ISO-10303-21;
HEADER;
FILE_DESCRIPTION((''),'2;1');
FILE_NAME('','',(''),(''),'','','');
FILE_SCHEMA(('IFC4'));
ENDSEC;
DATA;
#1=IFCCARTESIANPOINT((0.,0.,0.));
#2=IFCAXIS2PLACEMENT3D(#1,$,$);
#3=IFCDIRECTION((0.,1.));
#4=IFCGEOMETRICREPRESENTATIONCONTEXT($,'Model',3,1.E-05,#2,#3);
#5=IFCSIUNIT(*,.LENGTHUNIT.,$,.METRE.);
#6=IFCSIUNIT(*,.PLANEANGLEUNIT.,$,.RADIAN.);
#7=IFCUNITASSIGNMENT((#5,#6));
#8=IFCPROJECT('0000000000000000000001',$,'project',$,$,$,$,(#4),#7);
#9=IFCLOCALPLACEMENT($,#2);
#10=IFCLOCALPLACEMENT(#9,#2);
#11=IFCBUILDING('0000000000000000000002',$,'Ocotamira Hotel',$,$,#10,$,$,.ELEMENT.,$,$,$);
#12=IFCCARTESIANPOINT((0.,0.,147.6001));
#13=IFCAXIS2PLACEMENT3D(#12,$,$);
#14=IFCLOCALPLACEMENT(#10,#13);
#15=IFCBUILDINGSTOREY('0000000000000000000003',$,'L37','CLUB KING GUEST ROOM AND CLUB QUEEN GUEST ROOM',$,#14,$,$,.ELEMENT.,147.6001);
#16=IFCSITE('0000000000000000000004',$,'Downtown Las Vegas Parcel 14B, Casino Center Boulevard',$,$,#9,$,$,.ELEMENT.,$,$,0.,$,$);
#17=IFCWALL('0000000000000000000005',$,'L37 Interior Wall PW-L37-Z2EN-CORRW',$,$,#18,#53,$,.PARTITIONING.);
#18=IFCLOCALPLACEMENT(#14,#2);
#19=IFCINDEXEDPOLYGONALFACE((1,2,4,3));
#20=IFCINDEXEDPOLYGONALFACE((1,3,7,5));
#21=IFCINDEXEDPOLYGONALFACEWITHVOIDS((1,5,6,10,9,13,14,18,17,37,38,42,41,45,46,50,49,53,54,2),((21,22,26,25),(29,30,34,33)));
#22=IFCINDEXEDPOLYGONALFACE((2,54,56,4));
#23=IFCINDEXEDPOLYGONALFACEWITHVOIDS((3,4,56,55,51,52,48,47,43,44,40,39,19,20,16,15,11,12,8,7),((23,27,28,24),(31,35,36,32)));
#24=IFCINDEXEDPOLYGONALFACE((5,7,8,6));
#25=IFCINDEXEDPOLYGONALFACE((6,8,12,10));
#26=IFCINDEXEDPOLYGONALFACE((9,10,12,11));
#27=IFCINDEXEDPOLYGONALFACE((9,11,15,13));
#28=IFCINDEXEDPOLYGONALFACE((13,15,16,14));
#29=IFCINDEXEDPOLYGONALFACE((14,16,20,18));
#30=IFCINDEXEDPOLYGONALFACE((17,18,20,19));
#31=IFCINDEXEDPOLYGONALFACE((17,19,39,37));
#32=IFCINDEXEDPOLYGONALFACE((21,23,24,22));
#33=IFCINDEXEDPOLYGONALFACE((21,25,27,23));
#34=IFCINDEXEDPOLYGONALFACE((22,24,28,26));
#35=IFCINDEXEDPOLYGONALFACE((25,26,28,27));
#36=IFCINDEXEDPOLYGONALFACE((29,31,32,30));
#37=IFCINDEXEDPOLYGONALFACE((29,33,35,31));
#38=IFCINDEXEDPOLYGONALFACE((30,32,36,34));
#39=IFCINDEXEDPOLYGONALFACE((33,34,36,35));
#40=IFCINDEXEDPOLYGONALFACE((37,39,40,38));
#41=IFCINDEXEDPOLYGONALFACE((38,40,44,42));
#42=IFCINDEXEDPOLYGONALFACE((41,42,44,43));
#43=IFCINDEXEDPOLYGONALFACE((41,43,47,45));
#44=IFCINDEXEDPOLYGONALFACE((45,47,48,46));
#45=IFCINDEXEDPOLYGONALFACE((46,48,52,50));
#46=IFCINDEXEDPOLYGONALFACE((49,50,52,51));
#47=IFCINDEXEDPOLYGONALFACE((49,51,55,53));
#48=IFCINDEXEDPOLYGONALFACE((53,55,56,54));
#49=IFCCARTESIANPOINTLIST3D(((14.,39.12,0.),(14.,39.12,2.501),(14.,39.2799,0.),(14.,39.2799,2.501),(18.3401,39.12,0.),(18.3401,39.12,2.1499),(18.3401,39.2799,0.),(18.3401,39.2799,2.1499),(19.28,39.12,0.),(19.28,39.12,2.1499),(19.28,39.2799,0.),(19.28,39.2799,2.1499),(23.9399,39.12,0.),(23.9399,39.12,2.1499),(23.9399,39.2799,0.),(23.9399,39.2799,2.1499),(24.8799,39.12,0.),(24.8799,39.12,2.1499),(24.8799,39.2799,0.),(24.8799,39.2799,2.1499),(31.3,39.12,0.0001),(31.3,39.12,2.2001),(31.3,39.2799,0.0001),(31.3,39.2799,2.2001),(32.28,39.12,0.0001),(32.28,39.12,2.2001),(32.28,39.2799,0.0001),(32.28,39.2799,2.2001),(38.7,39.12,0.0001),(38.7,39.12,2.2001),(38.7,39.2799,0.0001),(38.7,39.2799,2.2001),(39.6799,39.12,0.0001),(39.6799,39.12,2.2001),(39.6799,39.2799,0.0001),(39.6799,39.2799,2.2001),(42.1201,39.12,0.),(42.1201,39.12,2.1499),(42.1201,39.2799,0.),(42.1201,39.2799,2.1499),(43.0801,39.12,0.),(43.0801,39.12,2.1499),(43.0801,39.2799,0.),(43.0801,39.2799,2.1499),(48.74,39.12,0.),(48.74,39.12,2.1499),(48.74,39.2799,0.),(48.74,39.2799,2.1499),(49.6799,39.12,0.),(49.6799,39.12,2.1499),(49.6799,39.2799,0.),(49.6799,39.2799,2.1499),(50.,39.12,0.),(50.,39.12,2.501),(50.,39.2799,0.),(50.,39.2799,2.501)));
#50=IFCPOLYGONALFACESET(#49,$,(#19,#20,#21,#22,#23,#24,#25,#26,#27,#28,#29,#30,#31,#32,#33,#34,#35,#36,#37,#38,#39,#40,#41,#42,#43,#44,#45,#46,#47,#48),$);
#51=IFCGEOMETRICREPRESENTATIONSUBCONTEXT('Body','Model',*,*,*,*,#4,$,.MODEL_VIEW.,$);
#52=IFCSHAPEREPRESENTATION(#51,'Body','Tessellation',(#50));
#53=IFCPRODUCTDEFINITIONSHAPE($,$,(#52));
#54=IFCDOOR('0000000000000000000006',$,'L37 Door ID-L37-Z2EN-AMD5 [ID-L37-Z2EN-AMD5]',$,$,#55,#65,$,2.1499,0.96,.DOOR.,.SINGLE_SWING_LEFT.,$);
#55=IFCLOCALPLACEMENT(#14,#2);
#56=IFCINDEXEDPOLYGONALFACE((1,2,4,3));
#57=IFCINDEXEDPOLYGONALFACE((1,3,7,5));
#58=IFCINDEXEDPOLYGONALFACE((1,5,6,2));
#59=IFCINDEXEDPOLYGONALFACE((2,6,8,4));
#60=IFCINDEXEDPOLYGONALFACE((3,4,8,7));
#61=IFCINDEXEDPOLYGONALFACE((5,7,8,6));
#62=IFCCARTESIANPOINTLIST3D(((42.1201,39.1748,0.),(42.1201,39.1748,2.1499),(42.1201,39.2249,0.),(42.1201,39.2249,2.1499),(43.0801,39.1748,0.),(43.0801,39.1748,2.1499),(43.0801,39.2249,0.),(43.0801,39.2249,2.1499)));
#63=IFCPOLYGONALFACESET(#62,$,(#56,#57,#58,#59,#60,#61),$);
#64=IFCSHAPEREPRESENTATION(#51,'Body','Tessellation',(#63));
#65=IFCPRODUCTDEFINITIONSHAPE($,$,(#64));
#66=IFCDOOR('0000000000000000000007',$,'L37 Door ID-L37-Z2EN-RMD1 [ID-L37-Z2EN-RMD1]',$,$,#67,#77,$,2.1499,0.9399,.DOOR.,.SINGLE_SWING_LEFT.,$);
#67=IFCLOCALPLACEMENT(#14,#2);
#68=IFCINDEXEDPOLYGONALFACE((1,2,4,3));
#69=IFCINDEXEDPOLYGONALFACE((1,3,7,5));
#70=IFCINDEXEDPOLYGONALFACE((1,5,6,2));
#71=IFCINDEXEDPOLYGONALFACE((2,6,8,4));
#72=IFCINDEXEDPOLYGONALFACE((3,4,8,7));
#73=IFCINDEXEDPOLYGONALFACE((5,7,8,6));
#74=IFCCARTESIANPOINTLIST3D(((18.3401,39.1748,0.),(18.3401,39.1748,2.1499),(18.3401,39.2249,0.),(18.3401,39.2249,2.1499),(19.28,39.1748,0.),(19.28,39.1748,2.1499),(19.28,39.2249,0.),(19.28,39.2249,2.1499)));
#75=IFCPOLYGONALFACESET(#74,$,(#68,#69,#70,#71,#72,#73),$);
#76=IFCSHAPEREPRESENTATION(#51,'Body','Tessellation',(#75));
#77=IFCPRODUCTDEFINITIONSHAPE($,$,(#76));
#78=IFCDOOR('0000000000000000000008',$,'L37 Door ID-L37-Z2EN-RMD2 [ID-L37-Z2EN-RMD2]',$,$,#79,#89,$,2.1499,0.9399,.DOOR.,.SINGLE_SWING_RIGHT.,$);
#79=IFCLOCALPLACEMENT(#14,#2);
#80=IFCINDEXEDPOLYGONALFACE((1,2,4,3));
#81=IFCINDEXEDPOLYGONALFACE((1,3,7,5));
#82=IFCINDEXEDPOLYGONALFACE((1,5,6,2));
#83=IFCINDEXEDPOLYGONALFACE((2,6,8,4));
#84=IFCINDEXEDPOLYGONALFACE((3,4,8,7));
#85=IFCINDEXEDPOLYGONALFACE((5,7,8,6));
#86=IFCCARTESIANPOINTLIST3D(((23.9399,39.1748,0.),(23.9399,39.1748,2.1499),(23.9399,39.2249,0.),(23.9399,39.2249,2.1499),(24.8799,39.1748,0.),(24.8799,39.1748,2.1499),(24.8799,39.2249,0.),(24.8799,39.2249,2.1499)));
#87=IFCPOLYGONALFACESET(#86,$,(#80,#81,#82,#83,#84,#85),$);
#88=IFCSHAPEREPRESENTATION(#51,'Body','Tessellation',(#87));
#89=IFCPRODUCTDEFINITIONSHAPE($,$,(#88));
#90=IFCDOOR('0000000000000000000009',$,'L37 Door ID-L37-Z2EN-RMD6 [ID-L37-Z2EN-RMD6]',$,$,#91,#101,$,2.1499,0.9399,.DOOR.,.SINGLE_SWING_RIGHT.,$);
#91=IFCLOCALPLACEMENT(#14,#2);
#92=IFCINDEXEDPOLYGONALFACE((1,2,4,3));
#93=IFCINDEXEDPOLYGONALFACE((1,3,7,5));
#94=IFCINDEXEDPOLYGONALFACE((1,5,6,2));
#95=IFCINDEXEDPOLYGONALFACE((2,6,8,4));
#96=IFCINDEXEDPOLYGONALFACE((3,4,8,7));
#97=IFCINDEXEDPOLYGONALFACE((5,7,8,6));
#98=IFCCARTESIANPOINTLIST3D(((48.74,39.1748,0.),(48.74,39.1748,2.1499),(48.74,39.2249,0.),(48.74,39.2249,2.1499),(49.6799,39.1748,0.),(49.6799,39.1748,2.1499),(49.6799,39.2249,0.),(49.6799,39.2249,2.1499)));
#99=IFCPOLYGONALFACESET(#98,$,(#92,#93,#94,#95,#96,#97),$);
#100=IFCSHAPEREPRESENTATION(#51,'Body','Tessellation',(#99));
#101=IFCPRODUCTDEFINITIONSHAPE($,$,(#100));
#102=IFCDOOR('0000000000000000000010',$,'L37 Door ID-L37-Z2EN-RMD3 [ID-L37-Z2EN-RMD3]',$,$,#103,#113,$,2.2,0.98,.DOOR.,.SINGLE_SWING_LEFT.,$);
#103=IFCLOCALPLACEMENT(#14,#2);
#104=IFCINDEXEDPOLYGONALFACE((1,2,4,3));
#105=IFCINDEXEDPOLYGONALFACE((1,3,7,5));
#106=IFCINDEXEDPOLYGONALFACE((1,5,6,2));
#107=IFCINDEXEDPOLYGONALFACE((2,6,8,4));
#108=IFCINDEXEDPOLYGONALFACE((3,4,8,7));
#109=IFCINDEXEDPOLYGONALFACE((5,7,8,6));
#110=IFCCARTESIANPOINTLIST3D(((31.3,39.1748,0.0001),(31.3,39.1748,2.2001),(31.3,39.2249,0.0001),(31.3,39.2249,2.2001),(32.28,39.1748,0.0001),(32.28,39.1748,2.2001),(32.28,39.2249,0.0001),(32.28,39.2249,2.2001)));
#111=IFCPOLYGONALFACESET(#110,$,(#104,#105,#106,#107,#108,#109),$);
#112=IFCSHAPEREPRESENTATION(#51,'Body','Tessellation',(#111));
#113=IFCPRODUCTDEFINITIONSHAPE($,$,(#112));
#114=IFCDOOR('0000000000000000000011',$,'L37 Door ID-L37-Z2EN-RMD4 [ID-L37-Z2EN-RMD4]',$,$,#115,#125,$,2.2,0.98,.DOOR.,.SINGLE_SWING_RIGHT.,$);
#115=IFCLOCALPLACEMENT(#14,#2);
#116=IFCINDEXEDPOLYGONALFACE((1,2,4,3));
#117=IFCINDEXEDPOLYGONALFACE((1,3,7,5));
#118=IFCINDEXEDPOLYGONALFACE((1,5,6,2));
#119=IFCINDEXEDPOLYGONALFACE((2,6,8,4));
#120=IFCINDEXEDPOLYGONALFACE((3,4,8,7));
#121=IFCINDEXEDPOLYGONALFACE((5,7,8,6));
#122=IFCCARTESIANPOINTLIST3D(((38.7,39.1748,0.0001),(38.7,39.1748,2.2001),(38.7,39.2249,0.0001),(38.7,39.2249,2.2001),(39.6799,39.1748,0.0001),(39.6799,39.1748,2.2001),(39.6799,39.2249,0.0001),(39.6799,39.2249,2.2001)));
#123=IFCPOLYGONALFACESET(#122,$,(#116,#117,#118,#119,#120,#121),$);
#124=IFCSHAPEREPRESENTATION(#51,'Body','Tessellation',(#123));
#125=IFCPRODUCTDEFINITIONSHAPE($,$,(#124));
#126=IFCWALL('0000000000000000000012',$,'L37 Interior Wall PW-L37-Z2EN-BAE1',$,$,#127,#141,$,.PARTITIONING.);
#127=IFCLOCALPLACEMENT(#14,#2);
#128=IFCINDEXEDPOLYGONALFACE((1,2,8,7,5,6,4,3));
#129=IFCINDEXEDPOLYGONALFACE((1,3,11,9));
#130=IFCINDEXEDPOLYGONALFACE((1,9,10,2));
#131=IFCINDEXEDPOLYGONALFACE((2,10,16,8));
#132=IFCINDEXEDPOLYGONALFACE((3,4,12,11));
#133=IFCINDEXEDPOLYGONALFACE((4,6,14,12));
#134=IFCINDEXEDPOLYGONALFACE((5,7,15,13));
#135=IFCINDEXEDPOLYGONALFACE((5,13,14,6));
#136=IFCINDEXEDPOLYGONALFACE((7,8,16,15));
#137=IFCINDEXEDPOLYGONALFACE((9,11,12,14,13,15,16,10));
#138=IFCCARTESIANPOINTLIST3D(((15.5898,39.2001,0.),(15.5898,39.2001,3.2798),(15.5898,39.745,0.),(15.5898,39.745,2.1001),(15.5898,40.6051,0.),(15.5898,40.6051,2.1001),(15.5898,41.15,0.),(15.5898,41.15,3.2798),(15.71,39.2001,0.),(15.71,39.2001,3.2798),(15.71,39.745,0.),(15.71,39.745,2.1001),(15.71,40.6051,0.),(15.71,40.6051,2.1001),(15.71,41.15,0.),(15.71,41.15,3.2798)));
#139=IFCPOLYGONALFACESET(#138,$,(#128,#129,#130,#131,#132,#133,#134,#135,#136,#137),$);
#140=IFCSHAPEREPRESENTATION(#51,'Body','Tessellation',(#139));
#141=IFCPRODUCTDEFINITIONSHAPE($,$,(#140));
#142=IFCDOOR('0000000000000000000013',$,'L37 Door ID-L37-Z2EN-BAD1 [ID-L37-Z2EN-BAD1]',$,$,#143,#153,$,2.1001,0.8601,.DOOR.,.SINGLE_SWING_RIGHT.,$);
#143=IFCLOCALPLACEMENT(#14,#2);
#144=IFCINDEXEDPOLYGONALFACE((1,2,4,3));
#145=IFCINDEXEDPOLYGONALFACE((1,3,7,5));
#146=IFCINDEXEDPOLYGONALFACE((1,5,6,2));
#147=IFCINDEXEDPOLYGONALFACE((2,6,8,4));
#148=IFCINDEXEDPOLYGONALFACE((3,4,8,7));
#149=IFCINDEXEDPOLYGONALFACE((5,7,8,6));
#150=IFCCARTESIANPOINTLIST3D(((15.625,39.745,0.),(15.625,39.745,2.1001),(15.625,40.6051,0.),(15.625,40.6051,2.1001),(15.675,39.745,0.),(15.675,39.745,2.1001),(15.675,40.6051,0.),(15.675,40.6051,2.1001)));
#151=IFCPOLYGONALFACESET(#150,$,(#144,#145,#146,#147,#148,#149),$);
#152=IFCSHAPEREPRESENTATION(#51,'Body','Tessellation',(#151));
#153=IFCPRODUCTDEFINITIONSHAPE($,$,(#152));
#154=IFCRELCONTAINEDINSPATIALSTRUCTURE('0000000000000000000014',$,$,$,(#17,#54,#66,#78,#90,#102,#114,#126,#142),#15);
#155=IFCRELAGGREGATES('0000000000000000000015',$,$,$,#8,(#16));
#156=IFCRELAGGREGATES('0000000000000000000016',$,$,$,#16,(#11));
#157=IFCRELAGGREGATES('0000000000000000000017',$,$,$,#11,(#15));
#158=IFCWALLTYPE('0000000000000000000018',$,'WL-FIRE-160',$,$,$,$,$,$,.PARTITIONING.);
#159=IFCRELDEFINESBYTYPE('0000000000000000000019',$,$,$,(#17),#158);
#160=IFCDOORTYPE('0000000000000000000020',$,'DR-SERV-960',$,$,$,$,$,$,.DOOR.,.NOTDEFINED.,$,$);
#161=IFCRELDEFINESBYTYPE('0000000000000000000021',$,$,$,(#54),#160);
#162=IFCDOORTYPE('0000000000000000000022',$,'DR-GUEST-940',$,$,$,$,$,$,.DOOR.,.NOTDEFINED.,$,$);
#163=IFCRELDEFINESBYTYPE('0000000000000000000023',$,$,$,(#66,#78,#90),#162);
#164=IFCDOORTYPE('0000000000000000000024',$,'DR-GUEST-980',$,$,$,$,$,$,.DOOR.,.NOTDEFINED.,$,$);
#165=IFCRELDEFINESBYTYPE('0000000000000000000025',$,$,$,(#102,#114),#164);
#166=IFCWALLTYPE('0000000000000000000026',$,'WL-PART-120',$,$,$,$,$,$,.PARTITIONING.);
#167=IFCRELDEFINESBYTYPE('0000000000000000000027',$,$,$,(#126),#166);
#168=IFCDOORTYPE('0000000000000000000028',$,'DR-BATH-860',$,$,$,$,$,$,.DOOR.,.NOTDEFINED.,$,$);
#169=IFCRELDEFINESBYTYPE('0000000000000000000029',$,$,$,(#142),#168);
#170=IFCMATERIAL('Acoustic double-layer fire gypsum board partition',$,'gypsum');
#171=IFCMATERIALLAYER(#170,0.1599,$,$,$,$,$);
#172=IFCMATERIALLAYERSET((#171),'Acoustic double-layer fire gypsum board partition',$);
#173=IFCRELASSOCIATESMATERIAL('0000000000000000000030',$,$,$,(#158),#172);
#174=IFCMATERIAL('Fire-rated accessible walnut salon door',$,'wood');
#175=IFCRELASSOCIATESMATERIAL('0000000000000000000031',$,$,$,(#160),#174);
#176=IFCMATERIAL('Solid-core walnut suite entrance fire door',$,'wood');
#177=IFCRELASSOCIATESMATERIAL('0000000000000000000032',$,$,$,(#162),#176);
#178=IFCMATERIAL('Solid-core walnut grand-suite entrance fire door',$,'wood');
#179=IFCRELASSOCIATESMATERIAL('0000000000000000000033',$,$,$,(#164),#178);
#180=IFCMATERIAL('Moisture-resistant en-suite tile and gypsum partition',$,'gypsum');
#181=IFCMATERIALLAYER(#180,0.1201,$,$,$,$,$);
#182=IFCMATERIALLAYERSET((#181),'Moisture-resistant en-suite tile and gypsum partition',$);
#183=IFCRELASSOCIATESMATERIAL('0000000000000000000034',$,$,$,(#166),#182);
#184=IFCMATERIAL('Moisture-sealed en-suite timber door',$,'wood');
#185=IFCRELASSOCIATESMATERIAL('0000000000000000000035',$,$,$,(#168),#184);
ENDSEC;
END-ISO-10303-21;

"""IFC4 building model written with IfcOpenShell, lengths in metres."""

from ifc_helpers import new_model, si_unit, direction, frame, frame_2d, origin, place, context, subcontext, project, spatial, rectangle, extrude, source, transform, mapped, material, layer, layer_set, type_object, element, fill, save


model = new_model("IFC4")

# Units and contexts
model_context = context("Model", 3, precision=1e-05, world=origin(), true_north=direction((0.0, 1.0)))
body_context = subcontext(model_context, "Body", "Model", "MODEL_VIEW")
ifc_project = project(units=[si_unit("LENGTHUNIT", "METRE"), si_unit("PLANEANGLEUNIT", "RADIAN")], contexts=[model_context])

# Site, building, storey
site_placement = place(None, origin())
site = spatial("IfcSite", under=ifc_project, at=site_placement, Name="Downtown Las Vegas Parcel 14B, Casino Center Boulevard", CompositionType="ELEMENT", RefElevation=0.0)
building_placement = place(site_placement, origin())
building = spatial("IfcBuilding", under=site, at=building_placement, Name="Ocotamira Hotel", CompositionType="ELEMENT")
storey_placement = place(building_placement, frame((0.0, 0.0, 147.6001)))
storey = spatial("IfcBuildingStorey", under=building, at=storey_placement, Name="L37", Description="CLUB KING GUEST ROOM AND CLUB QUEEN GUEST ROOM", CompositionType="ELEMENT", Elevation=147.6001)

# Shared definitions
ifc_material_1 = material(Name="Acoustic double-layer fire gypsum board partition", Category="gypsum")
ifc_layer_1 = layer(ifc_material_1, 0.1599)
ifc_layer_set_1 = layer_set([ifc_layer_1], Name="Acoustic double-layer fire gypsum board partition")
wall_type_1 = type_object("IfcWallType", Name="WL-FIRE-160", PredefinedType="PARTITIONING", material=ifc_layer_set_1)
ifc_material_2 = material(Name="Fire-rated accessible walnut salon door", Category="wood")
door_type_1 = type_object("IfcDoorType", Name="DR-SERV-960", OperationType="NOTDEFINED", PredefinedType="DOOR", material=ifc_material_2)
shared_shape_1 = source(origin(), body_context, "Body", "SweptSolid", [
    extrude(rectangle(XDim=0.96, YDim=2.1499, at=frame_2d((0.48, 1.075))), frame((0.0, 0.0249, 0.0), z_axis=(0.0, -1.0, 0.0), x_axis=(1.0, 0.0, 0.0)), (0.0, 0.0, 1.0), 0.05),
])

# Wall, openings, doors
wall_1_placement = place(storey_placement, frame((14.0, 39.2, 0.0), z_axis=(0.0, 0.0, 1.0), x_axis=(1.0, 0.0, 0.0)))
wall_1 = element("IfcWall", 1, at=wall_1_placement, inside=storey, type_object=wall_type_1, Name="L37 Interior Wall PW-L37-Z2EN-CORRW", PredefinedType="PARTITIONING", context=body_context, shape_type="SweptSolid", body=[
    extrude(rectangle(XDim=36.0, YDim=0.1599, at=frame_2d((18.0, 0.0))), origin(), (0.0, 0.0, 1.0), 2.501),
])
opening_1_placement = place(wall_1_placement, frame((4.3401, 0.0, 0.0)))
opening_1 = element("IfcOpeningElement", 2, at=opening_1_placement, cuts=wall_1, PredefinedType="OPENING", context=body_context, shape_type="SweptSolid", body=[
    extrude(rectangle(XDim=0.9399, YDim=2.1499, at=frame_2d((0.47, 1.075))), frame((0.0, 0.0898, 0.0), z_axis=(0.0, -1.0, 0.0), x_axis=(1.0, 0.0, 0.0)), (0.0, 0.0, 1.0), 0.1799),
])
opening_2_placement = place(wall_1_placement, frame((9.9399, 0.0, 0.0)))
opening_2 = element("IfcOpeningElement", 3, at=opening_2_placement, cuts=wall_1, PredefinedType="OPENING", context=body_context, shape_type="SweptSolid", body=[
    extrude(rectangle(XDim=0.9399, YDim=2.1499, at=frame_2d((0.47, 1.075))), frame((0.0, 0.0898, 0.0), z_axis=(0.0, -1.0, 0.0), x_axis=(1.0, 0.0, 0.0)), (0.0, 0.0, 1.0), 0.1799),
])
opening_3_placement = place(wall_1_placement, frame((17.3, 0.0, 0.0)))
opening_3 = element("IfcOpeningElement", 4, at=opening_3_placement, cuts=wall_1, PredefinedType="OPENING", context=body_context, shape_type="SweptSolid", body=[
    extrude(rectangle(XDim=0.98, YDim=2.2, at=frame_2d((0.49, 1.1001))), frame((0.0, 0.0898, 0.0), z_axis=(0.0, -1.0, 0.0), x_axis=(1.0, 0.0, 0.0)), (0.0, 0.0, 1.0), 0.1799),
])
opening_4_placement = place(wall_1_placement, frame((24.7, 0.0, 0.0)))
opening_4 = element("IfcOpeningElement", 5, at=opening_4_placement, cuts=wall_1, PredefinedType="OPENING", context=body_context, shape_type="SweptSolid", body=[
    extrude(rectangle(XDim=0.98, YDim=2.2, at=frame_2d((0.49, 1.1001))), frame((0.0, 0.0898, 0.0), z_axis=(0.0, -1.0, 0.0), x_axis=(1.0, 0.0, 0.0)), (0.0, 0.0, 1.0), 0.1799),
])
opening_5_placement = place(wall_1_placement, frame((28.1201, 0.0, 0.0)))
opening_5 = element("IfcOpeningElement", 6, at=opening_5_placement, cuts=wall_1, PredefinedType="OPENING", context=body_context, shape_type="SweptSolid", body=[
    extrude(rectangle(XDim=0.96, YDim=2.1499, at=frame_2d((0.48, 1.075))), frame((0.0, 0.0898, 0.0), z_axis=(0.0, -1.0, 0.0), x_axis=(1.0, 0.0, 0.0)), (0.0, 0.0, 1.0), 0.1799),
])
opening_6_placement = place(wall_1_placement, frame((34.74, 0.0, 0.0)))
opening_6 = element("IfcOpeningElement", 7, at=opening_6_placement, cuts=wall_1, PredefinedType="OPENING", context=body_context, shape_type="SweptSolid", body=[
    extrude(rectangle(XDim=0.9399, YDim=2.1499, at=frame_2d((0.47, 1.075))), frame((0.0, 0.0898, 0.0), z_axis=(0.0, -1.0, 0.0), x_axis=(1.0, 0.0, 0.0)), (0.0, 0.0, 1.0), 0.1799),
])
door_1_placement = place(opening_5_placement, origin())
door_1 = element("IfcDoor", 8, at=door_1_placement, inside=storey, type_object=door_type_1, Name="L37 Door ID-L37-Z2EN-AMD5 [ID-L37-Z2EN-AMD5]", OperationType="SINGLE_SWING_LEFT", OverallHeight=2.1499, OverallWidth=0.96, PredefinedType="DOOR", context=body_context, shape_type="MappedRepresentation", body=[
    mapped(shared_shape_1, transform((0.0, 0.0, 0.0), scale=1.0)),
])
fill(opening_5, door_1)
ifc_material_3 = material(Name="Solid-core walnut suite entrance fire door", Category="wood")
door_type_2 = type_object("IfcDoorType", Name="DR-GUEST-940", OperationType="NOTDEFINED", PredefinedType="DOOR", material=ifc_material_3)
shared_shape_2 = source(origin(), body_context, "Body", "SweptSolid", [
    extrude(rectangle(XDim=0.9399, YDim=2.1499, at=frame_2d((0.47, 1.075))), frame((0.0, 0.0249, 0.0), z_axis=(0.0, -1.0, 0.0), x_axis=(1.0, 0.0, 0.0)), (0.0, 0.0, 1.0), 0.05),
])
door_2_placement = place(opening_1_placement, origin())
door_2 = element("IfcDoor", 9, at=door_2_placement, inside=storey, type_object=door_type_2, Name="L37 Door ID-L37-Z2EN-RMD1 [ID-L37-Z2EN-RMD1]", OperationType="SINGLE_SWING_LEFT", OverallHeight=2.1499, OverallWidth=0.9399, PredefinedType="DOOR", context=body_context, shape_type="MappedRepresentation", body=[
    mapped(shared_shape_2, transform((0.0, 0.0, 0.0), scale=1.0)),
])
fill(opening_1, door_2)
door_3_placement = place(opening_2_placement, origin())
door_3 = element("IfcDoor", 10, at=door_3_placement, inside=storey, type_object=door_type_2, Name="L37 Door ID-L37-Z2EN-RMD2 [ID-L37-Z2EN-RMD2]", OperationType="SINGLE_SWING_RIGHT", OverallHeight=2.1499, OverallWidth=0.9399, PredefinedType="DOOR", context=body_context, shape_type="MappedRepresentation", body=[
    mapped(shared_shape_2, transform((0.0, 0.0, 0.0), scale=1.0)),
])
fill(opening_2, door_3)
door_4_placement = place(opening_6_placement, origin())
door_4 = element("IfcDoor", 11, at=door_4_placement, inside=storey, type_object=door_type_2, Name="L37 Door ID-L37-Z2EN-RMD6 [ID-L37-Z2EN-RMD6]", OperationType="SINGLE_SWING_RIGHT", OverallHeight=2.1499, OverallWidth=0.9399, PredefinedType="DOOR", context=body_context, shape_type="MappedRepresentation", body=[
    mapped(shared_shape_2, transform((0.0, 0.0, 0.0), scale=1.0)),
])
fill(opening_6, door_4)
ifc_material_4 = material(Name="Solid-core walnut grand-suite entrance fire door", Category="wood")
door_type_3 = type_object("IfcDoorType", Name="DR-GUEST-980", OperationType="NOTDEFINED", PredefinedType="DOOR", material=ifc_material_4)
shared_shape_3 = source(origin(), body_context, "Body", "SweptSolid", [
    extrude(rectangle(XDim=0.98, YDim=2.2, at=frame_2d((0.49, 1.1001))), frame((0.0, 0.0249, 0.0), z_axis=(0.0, -1.0, 0.0), x_axis=(1.0, 0.0, 0.0)), (0.0, 0.0, 1.0), 0.05),
])
door_5_placement = place(opening_3_placement, origin())
door_5 = element("IfcDoor", 12, at=door_5_placement, inside=storey, type_object=door_type_3, Name="L37 Door ID-L37-Z2EN-RMD3 [ID-L37-Z2EN-RMD3]", OperationType="SINGLE_SWING_LEFT", OverallHeight=2.2, OverallWidth=0.98, PredefinedType="DOOR", context=body_context, shape_type="MappedRepresentation", body=[
    mapped(shared_shape_3, transform((0.0, 0.0, 0.0), scale=1.0)),
])
fill(opening_3, door_5)
door_6_placement = place(opening_4_placement, origin())
door_6 = element("IfcDoor", 13, at=door_6_placement, inside=storey, type_object=door_type_3, Name="L37 Door ID-L37-Z2EN-RMD4 [ID-L37-Z2EN-RMD4]", OperationType="SINGLE_SWING_RIGHT", OverallHeight=2.2, OverallWidth=0.98, PredefinedType="DOOR", context=body_context, shape_type="MappedRepresentation", body=[
    mapped(shared_shape_3, transform((0.0, 0.0, 0.0), scale=1.0)),
])
fill(opening_4, door_6)

# Wall, opening, door
ifc_material_5 = material(Name="Moisture-resistant en-suite tile and gypsum partition", Category="gypsum")
ifc_layer_2 = layer(ifc_material_5, 0.1201)
ifc_layer_set_2 = layer_set([ifc_layer_2], Name="Moisture-resistant en-suite tile and gypsum partition")
wall_type_2 = type_object("IfcWallType", Name="WL-PART-120", PredefinedType="PARTITIONING", material=ifc_layer_set_2)
wall_2_placement = place(storey_placement, frame((15.6499, 39.2, 0.0), z_axis=(0.0, 0.0, 1.0), x_axis=(0.0, 1.0, 0.0)))
wall_2 = element("IfcWall", 14, at=wall_2_placement, inside=storey, type_object=wall_type_2, Name="L37 Interior Wall PW-L37-Z2EN-BAE1", PredefinedType="PARTITIONING", context=body_context, shape_type="SweptSolid", body=[
    extrude(rectangle(XDim=1.95, YDim=0.1201, at=frame_2d((0.9751, 0.0))), origin(), (0.0, 0.0, 1.0), 3.2798),
])
opening_7_placement = place(wall_2_placement, frame((0.5449, 0.0, 0.0)))
opening_7 = element("IfcOpeningElement", 15, at=opening_7_placement, cuts=wall_2, PredefinedType="OPENING", context=body_context, shape_type="SweptSolid", body=[
    extrude(rectangle(XDim=0.8601, YDim=2.1001, at=frame_2d((0.4302, 1.05))), frame((0.0, 0.0701, 0.0), z_axis=(0.0, -1.0, 0.0), x_axis=(1.0, 0.0, 0.0)), (0.0, 0.0, 1.0), 0.1401),
])
ifc_material_6 = material(Name="Moisture-sealed en-suite timber door", Category="wood")
door_type_4 = type_object("IfcDoorType", Name="DR-BATH-860", OperationType="NOTDEFINED", PredefinedType="DOOR", material=ifc_material_6)
shared_shape_4 = source(origin(), body_context, "Body", "SweptSolid", [
    extrude(rectangle(XDim=0.8601, YDim=2.1001, at=frame_2d((0.4302, 1.05))), frame((0.0, 0.0249, 0.0), z_axis=(0.0, -1.0, 0.0), x_axis=(1.0, 0.0, 0.0)), (0.0, 0.0, 1.0), 0.05),
])
door_7_placement = place(opening_7_placement, origin())
door_7 = element("IfcDoor", 16, at=door_7_placement, inside=storey, type_object=door_type_4, Name="L37 Door ID-L37-Z2EN-BAD1 [ID-L37-Z2EN-BAD1]", OperationType="SINGLE_SWING_RIGHT", OverallHeight=2.1001, OverallWidth=0.8601, PredefinedType="DOOR", context=body_context, shape_type="MappedRepresentation", body=[
    mapped(shared_shape_4, transform((0.0, 0.0, 0.0), scale=1.0)),
])
fill(opening_7, door_7)

save(model, "model.ifc")
